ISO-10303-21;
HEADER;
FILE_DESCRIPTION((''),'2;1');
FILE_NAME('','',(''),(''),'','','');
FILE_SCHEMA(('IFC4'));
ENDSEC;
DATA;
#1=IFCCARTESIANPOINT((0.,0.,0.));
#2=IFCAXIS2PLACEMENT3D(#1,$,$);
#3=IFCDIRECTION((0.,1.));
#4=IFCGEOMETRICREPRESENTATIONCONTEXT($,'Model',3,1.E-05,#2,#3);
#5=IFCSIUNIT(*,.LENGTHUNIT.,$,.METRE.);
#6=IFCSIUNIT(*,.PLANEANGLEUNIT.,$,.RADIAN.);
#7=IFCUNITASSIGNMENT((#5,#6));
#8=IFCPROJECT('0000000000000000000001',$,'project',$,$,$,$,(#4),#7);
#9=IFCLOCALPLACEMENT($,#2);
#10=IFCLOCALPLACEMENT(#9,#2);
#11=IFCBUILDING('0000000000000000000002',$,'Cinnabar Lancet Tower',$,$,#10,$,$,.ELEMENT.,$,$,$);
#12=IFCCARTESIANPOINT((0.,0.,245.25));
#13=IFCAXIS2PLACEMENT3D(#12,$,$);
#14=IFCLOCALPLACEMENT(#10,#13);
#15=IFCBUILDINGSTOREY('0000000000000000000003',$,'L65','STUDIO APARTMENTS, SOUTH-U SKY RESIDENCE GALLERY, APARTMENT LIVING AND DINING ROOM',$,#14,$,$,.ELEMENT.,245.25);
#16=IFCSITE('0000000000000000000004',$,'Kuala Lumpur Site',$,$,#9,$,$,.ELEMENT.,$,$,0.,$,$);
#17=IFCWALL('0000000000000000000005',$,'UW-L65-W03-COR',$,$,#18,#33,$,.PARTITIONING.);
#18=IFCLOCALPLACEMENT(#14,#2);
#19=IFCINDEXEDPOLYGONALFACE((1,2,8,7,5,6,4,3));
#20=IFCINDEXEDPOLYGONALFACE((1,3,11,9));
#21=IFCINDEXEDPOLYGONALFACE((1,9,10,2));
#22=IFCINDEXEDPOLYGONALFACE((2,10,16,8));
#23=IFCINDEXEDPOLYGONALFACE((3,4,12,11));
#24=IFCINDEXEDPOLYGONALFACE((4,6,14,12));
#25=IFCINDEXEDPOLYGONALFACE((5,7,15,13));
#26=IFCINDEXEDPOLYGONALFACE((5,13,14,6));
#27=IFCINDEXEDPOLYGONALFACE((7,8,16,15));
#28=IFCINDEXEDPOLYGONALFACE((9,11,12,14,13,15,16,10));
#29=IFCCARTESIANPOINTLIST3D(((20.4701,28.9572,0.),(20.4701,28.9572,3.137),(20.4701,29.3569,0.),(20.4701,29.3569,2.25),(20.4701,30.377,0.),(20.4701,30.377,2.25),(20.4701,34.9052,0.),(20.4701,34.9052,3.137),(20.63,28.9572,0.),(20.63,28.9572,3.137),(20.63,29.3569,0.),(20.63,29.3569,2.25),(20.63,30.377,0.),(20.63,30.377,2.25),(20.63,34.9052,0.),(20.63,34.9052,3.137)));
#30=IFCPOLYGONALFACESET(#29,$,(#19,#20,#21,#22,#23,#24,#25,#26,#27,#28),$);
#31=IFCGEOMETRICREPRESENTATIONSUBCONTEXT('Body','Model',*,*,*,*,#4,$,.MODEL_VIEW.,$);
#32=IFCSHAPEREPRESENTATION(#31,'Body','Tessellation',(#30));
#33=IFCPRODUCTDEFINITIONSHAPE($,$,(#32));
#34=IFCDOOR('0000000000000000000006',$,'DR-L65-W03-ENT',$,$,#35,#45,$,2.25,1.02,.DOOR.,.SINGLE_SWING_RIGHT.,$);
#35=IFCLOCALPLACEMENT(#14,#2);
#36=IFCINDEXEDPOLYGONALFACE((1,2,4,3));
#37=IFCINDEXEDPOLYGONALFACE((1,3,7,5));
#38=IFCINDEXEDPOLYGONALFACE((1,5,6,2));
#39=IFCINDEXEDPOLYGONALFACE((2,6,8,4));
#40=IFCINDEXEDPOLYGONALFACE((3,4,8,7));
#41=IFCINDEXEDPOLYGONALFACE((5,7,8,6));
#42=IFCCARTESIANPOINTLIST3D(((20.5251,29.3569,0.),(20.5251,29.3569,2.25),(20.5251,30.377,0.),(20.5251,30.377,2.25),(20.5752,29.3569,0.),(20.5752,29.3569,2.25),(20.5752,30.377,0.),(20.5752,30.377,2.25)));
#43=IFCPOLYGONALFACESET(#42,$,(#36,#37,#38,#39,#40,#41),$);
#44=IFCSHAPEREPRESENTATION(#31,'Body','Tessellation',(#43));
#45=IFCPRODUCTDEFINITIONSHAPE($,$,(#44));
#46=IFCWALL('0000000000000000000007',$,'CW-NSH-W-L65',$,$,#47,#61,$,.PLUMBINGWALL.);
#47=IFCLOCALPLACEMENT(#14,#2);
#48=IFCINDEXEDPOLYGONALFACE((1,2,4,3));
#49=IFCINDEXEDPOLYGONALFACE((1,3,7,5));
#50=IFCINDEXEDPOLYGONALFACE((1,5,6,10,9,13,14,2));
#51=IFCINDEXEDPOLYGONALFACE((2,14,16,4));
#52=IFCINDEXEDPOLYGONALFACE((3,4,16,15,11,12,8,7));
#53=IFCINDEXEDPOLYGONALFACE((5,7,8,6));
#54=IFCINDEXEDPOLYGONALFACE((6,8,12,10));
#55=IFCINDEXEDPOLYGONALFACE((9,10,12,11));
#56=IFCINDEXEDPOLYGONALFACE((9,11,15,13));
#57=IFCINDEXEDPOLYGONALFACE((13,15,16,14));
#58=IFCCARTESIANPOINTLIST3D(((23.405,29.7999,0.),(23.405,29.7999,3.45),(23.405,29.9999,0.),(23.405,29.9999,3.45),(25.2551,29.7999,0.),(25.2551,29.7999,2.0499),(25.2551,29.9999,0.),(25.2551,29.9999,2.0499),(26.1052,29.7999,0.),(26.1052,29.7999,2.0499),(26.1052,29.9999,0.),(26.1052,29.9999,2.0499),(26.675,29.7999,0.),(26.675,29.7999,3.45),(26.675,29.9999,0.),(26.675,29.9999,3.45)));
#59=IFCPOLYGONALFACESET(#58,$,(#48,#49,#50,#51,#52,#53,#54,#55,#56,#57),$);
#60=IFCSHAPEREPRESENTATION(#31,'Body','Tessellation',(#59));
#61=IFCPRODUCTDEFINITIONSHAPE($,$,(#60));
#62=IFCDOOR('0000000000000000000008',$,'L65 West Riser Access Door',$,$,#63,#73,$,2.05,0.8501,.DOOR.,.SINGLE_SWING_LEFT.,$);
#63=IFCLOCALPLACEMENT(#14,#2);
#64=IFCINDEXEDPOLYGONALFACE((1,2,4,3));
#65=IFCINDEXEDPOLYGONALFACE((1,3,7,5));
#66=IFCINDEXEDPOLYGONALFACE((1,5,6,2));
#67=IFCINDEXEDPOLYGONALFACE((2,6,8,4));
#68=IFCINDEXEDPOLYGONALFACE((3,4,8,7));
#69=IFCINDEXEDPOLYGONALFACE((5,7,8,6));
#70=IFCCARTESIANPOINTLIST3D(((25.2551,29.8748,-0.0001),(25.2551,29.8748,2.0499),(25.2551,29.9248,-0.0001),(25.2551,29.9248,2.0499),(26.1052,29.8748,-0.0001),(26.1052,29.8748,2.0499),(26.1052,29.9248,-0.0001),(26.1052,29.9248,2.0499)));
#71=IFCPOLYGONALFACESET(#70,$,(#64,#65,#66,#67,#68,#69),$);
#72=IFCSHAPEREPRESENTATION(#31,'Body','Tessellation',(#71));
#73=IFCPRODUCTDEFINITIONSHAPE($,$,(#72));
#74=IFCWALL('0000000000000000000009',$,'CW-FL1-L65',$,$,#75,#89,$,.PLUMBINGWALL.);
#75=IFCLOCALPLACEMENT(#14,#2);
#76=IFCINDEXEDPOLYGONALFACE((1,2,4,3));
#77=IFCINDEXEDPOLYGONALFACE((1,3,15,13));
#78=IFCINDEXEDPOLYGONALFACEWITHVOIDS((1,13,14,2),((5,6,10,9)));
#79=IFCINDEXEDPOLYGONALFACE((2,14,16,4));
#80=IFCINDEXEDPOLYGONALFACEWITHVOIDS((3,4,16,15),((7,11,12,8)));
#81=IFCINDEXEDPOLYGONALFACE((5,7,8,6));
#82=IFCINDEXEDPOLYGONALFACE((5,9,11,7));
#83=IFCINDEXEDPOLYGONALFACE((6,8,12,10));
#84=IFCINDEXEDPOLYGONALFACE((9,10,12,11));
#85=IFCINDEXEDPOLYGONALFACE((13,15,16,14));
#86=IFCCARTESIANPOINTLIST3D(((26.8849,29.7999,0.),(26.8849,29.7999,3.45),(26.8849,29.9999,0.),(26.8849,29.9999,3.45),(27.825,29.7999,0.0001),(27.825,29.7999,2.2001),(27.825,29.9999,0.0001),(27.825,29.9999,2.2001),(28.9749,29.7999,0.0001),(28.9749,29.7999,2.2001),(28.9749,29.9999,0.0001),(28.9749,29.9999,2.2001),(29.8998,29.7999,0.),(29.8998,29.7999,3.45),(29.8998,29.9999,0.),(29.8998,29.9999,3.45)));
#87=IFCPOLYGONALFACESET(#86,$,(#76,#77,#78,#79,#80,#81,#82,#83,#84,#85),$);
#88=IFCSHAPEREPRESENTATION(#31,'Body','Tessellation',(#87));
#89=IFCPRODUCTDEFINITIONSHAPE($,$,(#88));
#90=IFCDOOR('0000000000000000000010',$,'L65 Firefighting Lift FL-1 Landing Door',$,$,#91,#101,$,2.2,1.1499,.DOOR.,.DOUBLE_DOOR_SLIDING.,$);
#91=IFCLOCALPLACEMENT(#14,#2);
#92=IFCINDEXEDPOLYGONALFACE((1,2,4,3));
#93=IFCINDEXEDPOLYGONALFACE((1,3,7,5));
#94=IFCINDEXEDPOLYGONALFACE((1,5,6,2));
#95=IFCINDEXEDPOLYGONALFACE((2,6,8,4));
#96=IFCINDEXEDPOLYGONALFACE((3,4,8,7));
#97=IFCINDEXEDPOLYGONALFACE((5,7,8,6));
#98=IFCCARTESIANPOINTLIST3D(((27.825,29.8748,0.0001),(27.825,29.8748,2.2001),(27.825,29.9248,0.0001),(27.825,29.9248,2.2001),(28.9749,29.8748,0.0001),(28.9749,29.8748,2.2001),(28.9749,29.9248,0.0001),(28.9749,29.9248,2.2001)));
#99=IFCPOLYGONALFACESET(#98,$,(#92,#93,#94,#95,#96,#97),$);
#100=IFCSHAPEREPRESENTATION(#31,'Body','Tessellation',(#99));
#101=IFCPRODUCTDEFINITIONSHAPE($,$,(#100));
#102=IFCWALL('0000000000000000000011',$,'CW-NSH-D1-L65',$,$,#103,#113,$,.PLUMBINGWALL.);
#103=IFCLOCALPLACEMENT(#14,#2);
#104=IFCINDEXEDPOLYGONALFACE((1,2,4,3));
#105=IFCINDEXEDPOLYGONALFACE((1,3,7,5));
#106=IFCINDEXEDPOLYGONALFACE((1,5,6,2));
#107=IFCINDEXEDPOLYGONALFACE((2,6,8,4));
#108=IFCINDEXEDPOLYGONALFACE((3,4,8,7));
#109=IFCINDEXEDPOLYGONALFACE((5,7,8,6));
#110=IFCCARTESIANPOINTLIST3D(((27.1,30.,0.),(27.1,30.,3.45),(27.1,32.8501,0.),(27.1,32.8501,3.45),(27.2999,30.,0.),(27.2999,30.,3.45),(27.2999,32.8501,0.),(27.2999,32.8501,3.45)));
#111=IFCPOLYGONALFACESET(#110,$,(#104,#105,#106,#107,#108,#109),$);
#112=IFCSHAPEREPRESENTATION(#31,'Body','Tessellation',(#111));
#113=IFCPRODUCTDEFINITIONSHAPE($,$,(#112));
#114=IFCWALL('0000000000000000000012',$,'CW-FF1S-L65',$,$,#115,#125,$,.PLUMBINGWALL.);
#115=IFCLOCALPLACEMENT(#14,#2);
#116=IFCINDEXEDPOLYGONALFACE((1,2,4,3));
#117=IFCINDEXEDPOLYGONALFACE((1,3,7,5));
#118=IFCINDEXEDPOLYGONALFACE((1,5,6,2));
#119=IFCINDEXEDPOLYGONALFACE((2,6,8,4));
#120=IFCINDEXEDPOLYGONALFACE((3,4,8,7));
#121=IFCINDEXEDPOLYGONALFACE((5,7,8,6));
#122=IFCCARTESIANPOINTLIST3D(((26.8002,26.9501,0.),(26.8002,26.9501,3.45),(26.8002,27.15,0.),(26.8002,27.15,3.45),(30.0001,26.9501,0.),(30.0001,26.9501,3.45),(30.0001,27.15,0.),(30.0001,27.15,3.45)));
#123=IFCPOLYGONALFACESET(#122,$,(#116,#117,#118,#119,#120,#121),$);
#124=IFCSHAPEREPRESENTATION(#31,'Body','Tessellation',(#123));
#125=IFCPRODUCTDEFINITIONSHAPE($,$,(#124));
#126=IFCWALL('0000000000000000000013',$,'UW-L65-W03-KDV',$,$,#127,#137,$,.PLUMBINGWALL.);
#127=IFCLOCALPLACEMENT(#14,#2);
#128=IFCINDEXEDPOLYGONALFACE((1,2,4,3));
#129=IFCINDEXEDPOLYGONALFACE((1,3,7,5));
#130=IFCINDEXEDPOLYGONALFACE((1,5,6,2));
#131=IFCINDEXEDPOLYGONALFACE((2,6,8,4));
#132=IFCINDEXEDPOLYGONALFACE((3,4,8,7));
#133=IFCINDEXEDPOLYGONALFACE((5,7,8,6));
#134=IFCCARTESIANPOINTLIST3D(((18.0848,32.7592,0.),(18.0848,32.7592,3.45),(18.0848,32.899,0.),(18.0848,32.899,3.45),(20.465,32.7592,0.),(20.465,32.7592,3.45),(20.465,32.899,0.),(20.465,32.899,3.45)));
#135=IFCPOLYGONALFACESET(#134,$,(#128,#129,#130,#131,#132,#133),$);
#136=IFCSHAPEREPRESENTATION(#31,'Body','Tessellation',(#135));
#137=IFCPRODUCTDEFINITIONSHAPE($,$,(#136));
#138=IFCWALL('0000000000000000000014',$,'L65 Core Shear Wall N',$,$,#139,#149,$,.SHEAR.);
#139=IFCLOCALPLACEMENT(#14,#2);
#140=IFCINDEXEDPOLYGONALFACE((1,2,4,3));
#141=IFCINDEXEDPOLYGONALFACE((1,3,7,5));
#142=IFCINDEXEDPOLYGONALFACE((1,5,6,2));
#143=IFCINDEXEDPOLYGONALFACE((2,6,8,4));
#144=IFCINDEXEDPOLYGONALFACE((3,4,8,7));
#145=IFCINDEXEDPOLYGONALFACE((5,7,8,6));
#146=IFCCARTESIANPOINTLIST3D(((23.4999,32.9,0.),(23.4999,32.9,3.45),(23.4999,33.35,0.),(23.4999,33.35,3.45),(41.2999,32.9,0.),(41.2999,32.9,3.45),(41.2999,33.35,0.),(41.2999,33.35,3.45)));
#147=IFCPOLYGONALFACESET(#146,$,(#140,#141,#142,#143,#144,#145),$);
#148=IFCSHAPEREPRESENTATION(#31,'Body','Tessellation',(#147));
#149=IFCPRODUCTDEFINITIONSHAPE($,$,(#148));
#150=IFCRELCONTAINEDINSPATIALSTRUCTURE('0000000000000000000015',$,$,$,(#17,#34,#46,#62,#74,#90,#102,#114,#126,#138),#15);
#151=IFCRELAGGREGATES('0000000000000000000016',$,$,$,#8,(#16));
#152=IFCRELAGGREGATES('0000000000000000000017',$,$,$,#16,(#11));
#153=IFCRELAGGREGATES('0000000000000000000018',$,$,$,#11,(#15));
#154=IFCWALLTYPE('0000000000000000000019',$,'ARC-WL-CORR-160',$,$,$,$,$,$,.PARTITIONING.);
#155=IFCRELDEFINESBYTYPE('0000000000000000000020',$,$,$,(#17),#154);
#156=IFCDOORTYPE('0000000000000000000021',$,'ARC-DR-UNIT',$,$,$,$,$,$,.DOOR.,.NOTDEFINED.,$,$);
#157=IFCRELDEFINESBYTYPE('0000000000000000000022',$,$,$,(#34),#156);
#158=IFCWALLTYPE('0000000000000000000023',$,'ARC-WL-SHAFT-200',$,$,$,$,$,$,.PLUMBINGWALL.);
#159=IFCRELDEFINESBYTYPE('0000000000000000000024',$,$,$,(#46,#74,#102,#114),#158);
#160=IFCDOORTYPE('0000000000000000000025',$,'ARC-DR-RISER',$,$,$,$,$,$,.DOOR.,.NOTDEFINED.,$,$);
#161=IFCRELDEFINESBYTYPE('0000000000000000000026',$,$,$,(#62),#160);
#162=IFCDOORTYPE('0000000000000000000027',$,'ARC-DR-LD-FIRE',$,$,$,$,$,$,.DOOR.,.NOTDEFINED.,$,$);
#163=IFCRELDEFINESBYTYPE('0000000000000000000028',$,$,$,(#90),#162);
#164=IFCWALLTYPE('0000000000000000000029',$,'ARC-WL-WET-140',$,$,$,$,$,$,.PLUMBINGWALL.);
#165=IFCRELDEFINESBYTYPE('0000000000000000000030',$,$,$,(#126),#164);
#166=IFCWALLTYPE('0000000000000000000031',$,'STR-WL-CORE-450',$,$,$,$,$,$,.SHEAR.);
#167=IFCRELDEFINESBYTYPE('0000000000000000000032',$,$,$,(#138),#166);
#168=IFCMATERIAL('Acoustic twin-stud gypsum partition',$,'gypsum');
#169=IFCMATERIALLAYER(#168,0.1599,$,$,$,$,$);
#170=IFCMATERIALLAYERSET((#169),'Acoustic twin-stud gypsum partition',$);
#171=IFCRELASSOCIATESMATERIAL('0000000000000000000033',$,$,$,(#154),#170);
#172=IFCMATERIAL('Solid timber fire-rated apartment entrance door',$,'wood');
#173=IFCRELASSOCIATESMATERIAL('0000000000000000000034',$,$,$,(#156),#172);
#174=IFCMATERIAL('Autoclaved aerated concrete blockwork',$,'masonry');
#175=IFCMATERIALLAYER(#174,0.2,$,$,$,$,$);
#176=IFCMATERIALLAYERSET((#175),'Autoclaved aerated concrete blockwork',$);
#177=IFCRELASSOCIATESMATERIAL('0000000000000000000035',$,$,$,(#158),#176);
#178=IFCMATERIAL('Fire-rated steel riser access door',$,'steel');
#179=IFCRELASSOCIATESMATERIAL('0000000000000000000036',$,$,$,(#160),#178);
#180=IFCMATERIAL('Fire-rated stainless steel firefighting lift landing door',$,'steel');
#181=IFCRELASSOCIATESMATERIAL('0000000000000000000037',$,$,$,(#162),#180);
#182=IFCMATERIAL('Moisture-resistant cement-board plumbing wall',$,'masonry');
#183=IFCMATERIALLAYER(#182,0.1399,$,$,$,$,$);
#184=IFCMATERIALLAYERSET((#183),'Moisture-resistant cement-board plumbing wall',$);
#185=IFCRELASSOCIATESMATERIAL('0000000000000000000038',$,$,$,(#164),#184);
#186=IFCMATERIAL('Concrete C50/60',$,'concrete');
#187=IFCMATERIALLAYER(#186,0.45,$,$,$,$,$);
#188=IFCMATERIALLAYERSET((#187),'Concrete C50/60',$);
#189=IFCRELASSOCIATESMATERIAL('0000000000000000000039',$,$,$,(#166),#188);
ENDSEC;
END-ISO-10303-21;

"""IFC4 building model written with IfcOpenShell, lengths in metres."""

from ifc_helpers import new_model, si_unit, direction, frame, frame_2d, origin, place, context, subcontext, project, spatial, rectangle, extrude, material, layer, layer_set, type_object, element, fill, save


model = new_model("IFC4")

# Units and contexts
model_context = context("Model", 3, precision=1e-05, world=origin(), true_north=direction((0.0, 1.0)))
body_context = subcontext(model_context, "Body", "Model", "MODEL_VIEW")
ifc_project = project(units=[si_unit("LENGTHUNIT", "METRE"), si_unit("PLANEANGLEUNIT", "RADIAN")], contexts=[model_context])

# Site, building, storey
site_placement = place(None, origin())
site = spatial("IfcSite", under=ifc_project, at=site_placement, Name="Kuala Lumpur Site", CompositionType="ELEMENT", RefElevation=0.0)
building_placement = place(site_placement, origin())
building = spatial("IfcBuilding", under=site, at=building_placement, Name="Cinnabar Lancet Tower", CompositionType="ELEMENT")
storey_placement = place(building_placement, frame((0.0, 0.0, 245.25)))
storey = spatial("IfcBuildingStorey", under=building, at=storey_placement, Name="L65", Description="STUDIO APARTMENTS, SOUTH-U SKY RESIDENCE GALLERY, APARTMENT LIVING AND DINING ROOM", CompositionType="ELEMENT", Elevation=245.25)

# Shared definitions
ifc_material_1 = material(Name="Acoustic twin-stud gypsum partition", Category="gypsum")
ifc_layer_1 = layer(ifc_material_1, 0.1599)
ifc_layer_set_1 = layer_set([ifc_layer_1], Name="Acoustic twin-stud gypsum partition")
wall_type_1 = type_object("IfcWallType", Name="ARC-WL-CORR-160", PredefinedType="PARTITIONING", material=ifc_layer_set_1)

# Walls, openings, doors
wall_1_placement = place(storey_placement, frame((20.55, 28.957, 0.0), z_axis=(0.0, 0.0, 1.0), x_axis=(0.0, 1.0, 0.0)))
wall_1 = element("IfcWall", 1, at=wall_1_placement, inside=storey, type_object=wall_type_1, Name="UW-L65-W03-COR", PredefinedType="PARTITIONING", context=body_context, shape_type="SweptSolid", body=[
    extrude(rectangle(XDim=5.948, YDim=0.1599, at=frame_2d((2.9741, 0.0))), origin(), (0.0, 0.0, 1.0), 3.137),
])
opening_1_placement = place(wall_1_placement, frame((0.3999, 0.0, 0.0)))
opening_1 = element("IfcOpeningElement", 2, at=opening_1_placement, cuts=wall_1, PredefinedType="OPENING", context=body_context, shape_type="SweptSolid", body=[
    extrude(rectangle(XDim=1.02, YDim=2.25, at=frame_2d((0.51, 1.125))), frame((0.0, 0.0898, 0.0), z_axis=(0.0, -1.0, 0.0), x_axis=(1.0, 0.0, 0.0)), (0.0, 0.0, 1.0), 0.1799),
])
ifc_material_2 = material(Name="Solid timber fire-rated apartment entrance door", Category="wood")
door_type_1 = type_object("IfcDoorType", Name="ARC-DR-UNIT", OperationType="NOTDEFINED", PredefinedType="DOOR", material=ifc_material_2)
door_1_placement = place(opening_1_placement, origin())
door_1 = element("IfcDoor", 3, at=door_1_placement, inside=storey, type_object=door_type_1, Name="DR-L65-W03-ENT", OperationType="SINGLE_SWING_RIGHT", OverallHeight=2.25, OverallWidth=1.02, PredefinedType="DOOR", context=body_context, shape_type="SweptSolid", body=[
    extrude(rectangle(XDim=1.02, YDim=2.25, at=frame_2d((0.51, 1.125))), frame((0.0, 0.0249, 0.0), z_axis=(0.0, -1.0, 0.0), x_axis=(1.0, 0.0, 0.0)), (0.0, 0.0, 1.0), 0.05),
])
fill(opening_1, door_1)
ifc_material_3 = material(Name="Autoclaved aerated concrete blockwork", Category="masonry")
ifc_layer_2 = layer(ifc_material_3, 0.2)
ifc_layer_set_2 = layer_set([ifc_layer_2], Name="Autoclaved aerated concrete blockwork")
wall_type_2 = type_object("IfcWallType", Name="ARC-WL-SHAFT-200", PredefinedType="PLUMBINGWALL", material=ifc_layer_set_2)
wall_2_placement = place(storey_placement, frame((23.405, 29.8999, 0.0), z_axis=(0.0, 0.0, 1.0), x_axis=(1.0, 0.0, 0.0)))
wall_2 = element("IfcWall", 4, at=wall_2_placement, inside=storey, type_object=wall_type_2, Name="CW-NSH-W-L65", PredefinedType="PLUMBINGWALL", context=body_context, shape_type="SweptSolid", body=[
    extrude(rectangle(XDim=3.27, YDim=0.2, at=frame_2d((1.635, 0.0))), origin(), (0.0, 0.0, 1.0), 3.45),
])
opening_2_placement = place(wall_2_placement, frame((1.8501, 0.0, 0.0)))
opening_2 = element("IfcOpeningElement", 5, at=opening_2_placement, cuts=wall_2, PredefinedType="OPENING", context=body_context, shape_type="SweptSolid", body=[
    extrude(rectangle(XDim=0.8501, YDim=2.05, at=frame_2d((0.425, 1.0249))), frame((0.0, 0.1099, 0.0), z_axis=(0.0, -1.0, 0.0), x_axis=(1.0, 0.0, 0.0)), (0.0, 0.0, 1.0), 0.22),
])
ifc_material_4 = material(Name="Fire-rated steel riser access door", Category="steel")
door_type_2 = type_object("IfcDoorType", Name="ARC-DR-RISER", OperationType="NOTDEFINED", PredefinedType="DOOR", material=ifc_material_4)
door_2_placement = place(opening_2_placement, origin())
door_2 = element("IfcDoor", 6, at=door_2_placement, inside=storey, type_object=door_type_2, Name="L65 West Riser Access Door", OperationType="SINGLE_SWING_LEFT", OverallHeight=2.05, OverallWidth=0.8501, PredefinedType="DOOR", context=body_context, shape_type="SweptSolid", body=[
    extrude(rectangle(XDim=0.8501, YDim=2.05, at=frame_2d((0.425, 1.0249))), frame((0.0, 0.0249, 0.0), z_axis=(0.0, -1.0, 0.0), x_axis=(1.0, 0.0, 0.0)), (0.0, 0.0, 1.0), 0.05),
])
fill(opening_2, door_2)
wall_3_placement = place(storey_placement, frame((26.885, 29.8999, 0.0), z_axis=(0.0, 0.0, 1.0), x_axis=(1.0, 0.0, 0.0)))
wall_3 = element("IfcWall", 7, at=wall_3_placement, inside=storey, type_object=wall_type_2, Name="CW-FL1-L65", PredefinedType="PLUMBINGWALL", context=body_context, shape_type="SweptSolid", body=[
    extrude(rectangle(XDim=3.0149, YDim=0.2, at=frame_2d((1.5073, 0.0))), origin(), (0.0, 0.0, 1.0), 3.45),
])
opening_3_placement = place(wall_3_placement, frame((0.9399, 0.0, 0.0)))
opening_3 = element("IfcOpeningElement", 8, at=opening_3_placement, cuts=wall_3, PredefinedType="OPENING", context=body_context, shape_type="SweptSolid", body=[
    extrude(rectangle(XDim=1.1499, YDim=2.2, at=frame_2d((0.575, 1.1001))), frame((0.0, 0.1099, 0.0), z_axis=(0.0, -1.0, 0.0), x_axis=(1.0, 0.0, 0.0)), (0.0, 0.0, 1.0), 0.22),
])
ifc_material_5 = material(Name="Fire-rated stainless steel firefighting lift landing door", Category="steel")
door_type_3 = type_object("IfcDoorType", Name="ARC-DR-LD-FIRE", OperationType="NOTDEFINED", PredefinedType="DOOR", material=ifc_material_5)
door_3_placement = place(opening_3_placement, origin())
door_3 = element("IfcDoor", 9, at=door_3_placement, inside=storey, type_object=door_type_3, Name="L65 Firefighting Lift FL-1 Landing Door", OperationType="DOUBLE_DOOR_SLIDING", OverallHeight=2.2, OverallWidth=1.1499, PredefinedType="DOOR", context=body_context, shape_type="SweptSolid", body=[
    extrude(rectangle(XDim=1.1499, YDim=2.2, at=frame_2d((0.575, 1.1001))), frame((0.0, 0.0249, 0.0), z_axis=(0.0, -1.0, 0.0), x_axis=(1.0, 0.0, 0.0)), (0.0, 0.0, 1.0), 0.05),
])
fill(opening_3, door_3)

# Walls
wall_4_placement = place(storey_placement, frame((27.2, 30.0, 0.0), z_axis=(0.0, 0.0, 1.0), x_axis=(0.0, 1.0, 0.0)))
element("IfcWall", 10, at=wall_4_placement, inside=storey, type_object=wall_type_2, Name="CW-NSH-D1-L65", PredefinedType="PLUMBINGWALL", context=body_context, shape_type="SweptSolid", body=[
    extrude(rectangle(XDim=2.8501, YDim=0.2, at=frame_2d((1.425, 0.0))), origin(), (0.0, 0.0, 1.0), 3.45),
])
wall_5_placement = place(storey_placement, frame((26.8, 27.05, 0.0), z_axis=(0.0, 0.0, 1.0), x_axis=(1.0, 0.0, 0.0)))
element("IfcWall", 11, at=wall_5_placement, inside=storey, type_object=wall_type_2, Name="CW-FF1S-L65", PredefinedType="PLUMBINGWALL", context=body_context, shape_type="SweptSolid", body=[
    extrude(rectangle(XDim=3.2, YDim=0.2, at=frame_2d((1.6001, 0.0))), origin(), (0.0, 0.0, 1.0), 3.45),
])
ifc_material_6 = material(Name="Moisture-resistant cement-board plumbing wall", Category="masonry")
ifc_layer_3 = layer(ifc_material_6, 0.1399)
ifc_layer_set_3 = layer_set([ifc_layer_3], Name="Moisture-resistant cement-board plumbing wall")
wall_type_3 = type_object("IfcWallType", Name="ARC-WL-WET-140", PredefinedType="PLUMBINGWALL", material=ifc_layer_set_3)
wall_6_placement = place(storey_placement, frame((18.085, 32.8291, 0.0), z_axis=(0.0, 0.0, 1.0), x_axis=(1.0, 0.0, 0.0)))
element("IfcWall", 12, at=wall_6_placement, inside=storey, type_object=wall_type_3, Name="UW-L65-W03-KDV", PredefinedType="PLUMBINGWALL", context=body_context, shape_type="SweptSolid", body=[
    extrude(rectangle(XDim=2.3801, YDim=0.1399, at=frame_2d((1.1899, 0.0))), origin(), (0.0, 0.0, 1.0), 3.45),
])
ifc_material_7 = material(Name="Concrete C50/60", Category="concrete")
ifc_layer_4 = layer(ifc_material_7, 0.45)
ifc_layer_set_4 = layer_set([ifc_layer_4], Name="Concrete C50/60")
wall_type_4 = type_object("IfcWallType", Name="STR-WL-CORE-450", PredefinedType="SHEAR", material=ifc_layer_set_4)
wall_7_placement = place(storey_placement, frame((23.5, 33.125, 0.0), z_axis=(0.0, 0.0, 1.0), x_axis=(1.0, 0.0, 0.0)))
element("IfcWall", 13, at=wall_7_placement, inside=storey, type_object=wall_type_4, Name="L65 Core Shear Wall N", PredefinedType="SHEAR", context=body_context, shape_type="SweptSolid", body=[
    extrude(rectangle(XDim=17.8, YDim=0.45, at=frame_2d((8.8999, 0.0))), origin(), (0.0, 0.0, 1.0), 3.45),
])

save(model, "model.ifc")
